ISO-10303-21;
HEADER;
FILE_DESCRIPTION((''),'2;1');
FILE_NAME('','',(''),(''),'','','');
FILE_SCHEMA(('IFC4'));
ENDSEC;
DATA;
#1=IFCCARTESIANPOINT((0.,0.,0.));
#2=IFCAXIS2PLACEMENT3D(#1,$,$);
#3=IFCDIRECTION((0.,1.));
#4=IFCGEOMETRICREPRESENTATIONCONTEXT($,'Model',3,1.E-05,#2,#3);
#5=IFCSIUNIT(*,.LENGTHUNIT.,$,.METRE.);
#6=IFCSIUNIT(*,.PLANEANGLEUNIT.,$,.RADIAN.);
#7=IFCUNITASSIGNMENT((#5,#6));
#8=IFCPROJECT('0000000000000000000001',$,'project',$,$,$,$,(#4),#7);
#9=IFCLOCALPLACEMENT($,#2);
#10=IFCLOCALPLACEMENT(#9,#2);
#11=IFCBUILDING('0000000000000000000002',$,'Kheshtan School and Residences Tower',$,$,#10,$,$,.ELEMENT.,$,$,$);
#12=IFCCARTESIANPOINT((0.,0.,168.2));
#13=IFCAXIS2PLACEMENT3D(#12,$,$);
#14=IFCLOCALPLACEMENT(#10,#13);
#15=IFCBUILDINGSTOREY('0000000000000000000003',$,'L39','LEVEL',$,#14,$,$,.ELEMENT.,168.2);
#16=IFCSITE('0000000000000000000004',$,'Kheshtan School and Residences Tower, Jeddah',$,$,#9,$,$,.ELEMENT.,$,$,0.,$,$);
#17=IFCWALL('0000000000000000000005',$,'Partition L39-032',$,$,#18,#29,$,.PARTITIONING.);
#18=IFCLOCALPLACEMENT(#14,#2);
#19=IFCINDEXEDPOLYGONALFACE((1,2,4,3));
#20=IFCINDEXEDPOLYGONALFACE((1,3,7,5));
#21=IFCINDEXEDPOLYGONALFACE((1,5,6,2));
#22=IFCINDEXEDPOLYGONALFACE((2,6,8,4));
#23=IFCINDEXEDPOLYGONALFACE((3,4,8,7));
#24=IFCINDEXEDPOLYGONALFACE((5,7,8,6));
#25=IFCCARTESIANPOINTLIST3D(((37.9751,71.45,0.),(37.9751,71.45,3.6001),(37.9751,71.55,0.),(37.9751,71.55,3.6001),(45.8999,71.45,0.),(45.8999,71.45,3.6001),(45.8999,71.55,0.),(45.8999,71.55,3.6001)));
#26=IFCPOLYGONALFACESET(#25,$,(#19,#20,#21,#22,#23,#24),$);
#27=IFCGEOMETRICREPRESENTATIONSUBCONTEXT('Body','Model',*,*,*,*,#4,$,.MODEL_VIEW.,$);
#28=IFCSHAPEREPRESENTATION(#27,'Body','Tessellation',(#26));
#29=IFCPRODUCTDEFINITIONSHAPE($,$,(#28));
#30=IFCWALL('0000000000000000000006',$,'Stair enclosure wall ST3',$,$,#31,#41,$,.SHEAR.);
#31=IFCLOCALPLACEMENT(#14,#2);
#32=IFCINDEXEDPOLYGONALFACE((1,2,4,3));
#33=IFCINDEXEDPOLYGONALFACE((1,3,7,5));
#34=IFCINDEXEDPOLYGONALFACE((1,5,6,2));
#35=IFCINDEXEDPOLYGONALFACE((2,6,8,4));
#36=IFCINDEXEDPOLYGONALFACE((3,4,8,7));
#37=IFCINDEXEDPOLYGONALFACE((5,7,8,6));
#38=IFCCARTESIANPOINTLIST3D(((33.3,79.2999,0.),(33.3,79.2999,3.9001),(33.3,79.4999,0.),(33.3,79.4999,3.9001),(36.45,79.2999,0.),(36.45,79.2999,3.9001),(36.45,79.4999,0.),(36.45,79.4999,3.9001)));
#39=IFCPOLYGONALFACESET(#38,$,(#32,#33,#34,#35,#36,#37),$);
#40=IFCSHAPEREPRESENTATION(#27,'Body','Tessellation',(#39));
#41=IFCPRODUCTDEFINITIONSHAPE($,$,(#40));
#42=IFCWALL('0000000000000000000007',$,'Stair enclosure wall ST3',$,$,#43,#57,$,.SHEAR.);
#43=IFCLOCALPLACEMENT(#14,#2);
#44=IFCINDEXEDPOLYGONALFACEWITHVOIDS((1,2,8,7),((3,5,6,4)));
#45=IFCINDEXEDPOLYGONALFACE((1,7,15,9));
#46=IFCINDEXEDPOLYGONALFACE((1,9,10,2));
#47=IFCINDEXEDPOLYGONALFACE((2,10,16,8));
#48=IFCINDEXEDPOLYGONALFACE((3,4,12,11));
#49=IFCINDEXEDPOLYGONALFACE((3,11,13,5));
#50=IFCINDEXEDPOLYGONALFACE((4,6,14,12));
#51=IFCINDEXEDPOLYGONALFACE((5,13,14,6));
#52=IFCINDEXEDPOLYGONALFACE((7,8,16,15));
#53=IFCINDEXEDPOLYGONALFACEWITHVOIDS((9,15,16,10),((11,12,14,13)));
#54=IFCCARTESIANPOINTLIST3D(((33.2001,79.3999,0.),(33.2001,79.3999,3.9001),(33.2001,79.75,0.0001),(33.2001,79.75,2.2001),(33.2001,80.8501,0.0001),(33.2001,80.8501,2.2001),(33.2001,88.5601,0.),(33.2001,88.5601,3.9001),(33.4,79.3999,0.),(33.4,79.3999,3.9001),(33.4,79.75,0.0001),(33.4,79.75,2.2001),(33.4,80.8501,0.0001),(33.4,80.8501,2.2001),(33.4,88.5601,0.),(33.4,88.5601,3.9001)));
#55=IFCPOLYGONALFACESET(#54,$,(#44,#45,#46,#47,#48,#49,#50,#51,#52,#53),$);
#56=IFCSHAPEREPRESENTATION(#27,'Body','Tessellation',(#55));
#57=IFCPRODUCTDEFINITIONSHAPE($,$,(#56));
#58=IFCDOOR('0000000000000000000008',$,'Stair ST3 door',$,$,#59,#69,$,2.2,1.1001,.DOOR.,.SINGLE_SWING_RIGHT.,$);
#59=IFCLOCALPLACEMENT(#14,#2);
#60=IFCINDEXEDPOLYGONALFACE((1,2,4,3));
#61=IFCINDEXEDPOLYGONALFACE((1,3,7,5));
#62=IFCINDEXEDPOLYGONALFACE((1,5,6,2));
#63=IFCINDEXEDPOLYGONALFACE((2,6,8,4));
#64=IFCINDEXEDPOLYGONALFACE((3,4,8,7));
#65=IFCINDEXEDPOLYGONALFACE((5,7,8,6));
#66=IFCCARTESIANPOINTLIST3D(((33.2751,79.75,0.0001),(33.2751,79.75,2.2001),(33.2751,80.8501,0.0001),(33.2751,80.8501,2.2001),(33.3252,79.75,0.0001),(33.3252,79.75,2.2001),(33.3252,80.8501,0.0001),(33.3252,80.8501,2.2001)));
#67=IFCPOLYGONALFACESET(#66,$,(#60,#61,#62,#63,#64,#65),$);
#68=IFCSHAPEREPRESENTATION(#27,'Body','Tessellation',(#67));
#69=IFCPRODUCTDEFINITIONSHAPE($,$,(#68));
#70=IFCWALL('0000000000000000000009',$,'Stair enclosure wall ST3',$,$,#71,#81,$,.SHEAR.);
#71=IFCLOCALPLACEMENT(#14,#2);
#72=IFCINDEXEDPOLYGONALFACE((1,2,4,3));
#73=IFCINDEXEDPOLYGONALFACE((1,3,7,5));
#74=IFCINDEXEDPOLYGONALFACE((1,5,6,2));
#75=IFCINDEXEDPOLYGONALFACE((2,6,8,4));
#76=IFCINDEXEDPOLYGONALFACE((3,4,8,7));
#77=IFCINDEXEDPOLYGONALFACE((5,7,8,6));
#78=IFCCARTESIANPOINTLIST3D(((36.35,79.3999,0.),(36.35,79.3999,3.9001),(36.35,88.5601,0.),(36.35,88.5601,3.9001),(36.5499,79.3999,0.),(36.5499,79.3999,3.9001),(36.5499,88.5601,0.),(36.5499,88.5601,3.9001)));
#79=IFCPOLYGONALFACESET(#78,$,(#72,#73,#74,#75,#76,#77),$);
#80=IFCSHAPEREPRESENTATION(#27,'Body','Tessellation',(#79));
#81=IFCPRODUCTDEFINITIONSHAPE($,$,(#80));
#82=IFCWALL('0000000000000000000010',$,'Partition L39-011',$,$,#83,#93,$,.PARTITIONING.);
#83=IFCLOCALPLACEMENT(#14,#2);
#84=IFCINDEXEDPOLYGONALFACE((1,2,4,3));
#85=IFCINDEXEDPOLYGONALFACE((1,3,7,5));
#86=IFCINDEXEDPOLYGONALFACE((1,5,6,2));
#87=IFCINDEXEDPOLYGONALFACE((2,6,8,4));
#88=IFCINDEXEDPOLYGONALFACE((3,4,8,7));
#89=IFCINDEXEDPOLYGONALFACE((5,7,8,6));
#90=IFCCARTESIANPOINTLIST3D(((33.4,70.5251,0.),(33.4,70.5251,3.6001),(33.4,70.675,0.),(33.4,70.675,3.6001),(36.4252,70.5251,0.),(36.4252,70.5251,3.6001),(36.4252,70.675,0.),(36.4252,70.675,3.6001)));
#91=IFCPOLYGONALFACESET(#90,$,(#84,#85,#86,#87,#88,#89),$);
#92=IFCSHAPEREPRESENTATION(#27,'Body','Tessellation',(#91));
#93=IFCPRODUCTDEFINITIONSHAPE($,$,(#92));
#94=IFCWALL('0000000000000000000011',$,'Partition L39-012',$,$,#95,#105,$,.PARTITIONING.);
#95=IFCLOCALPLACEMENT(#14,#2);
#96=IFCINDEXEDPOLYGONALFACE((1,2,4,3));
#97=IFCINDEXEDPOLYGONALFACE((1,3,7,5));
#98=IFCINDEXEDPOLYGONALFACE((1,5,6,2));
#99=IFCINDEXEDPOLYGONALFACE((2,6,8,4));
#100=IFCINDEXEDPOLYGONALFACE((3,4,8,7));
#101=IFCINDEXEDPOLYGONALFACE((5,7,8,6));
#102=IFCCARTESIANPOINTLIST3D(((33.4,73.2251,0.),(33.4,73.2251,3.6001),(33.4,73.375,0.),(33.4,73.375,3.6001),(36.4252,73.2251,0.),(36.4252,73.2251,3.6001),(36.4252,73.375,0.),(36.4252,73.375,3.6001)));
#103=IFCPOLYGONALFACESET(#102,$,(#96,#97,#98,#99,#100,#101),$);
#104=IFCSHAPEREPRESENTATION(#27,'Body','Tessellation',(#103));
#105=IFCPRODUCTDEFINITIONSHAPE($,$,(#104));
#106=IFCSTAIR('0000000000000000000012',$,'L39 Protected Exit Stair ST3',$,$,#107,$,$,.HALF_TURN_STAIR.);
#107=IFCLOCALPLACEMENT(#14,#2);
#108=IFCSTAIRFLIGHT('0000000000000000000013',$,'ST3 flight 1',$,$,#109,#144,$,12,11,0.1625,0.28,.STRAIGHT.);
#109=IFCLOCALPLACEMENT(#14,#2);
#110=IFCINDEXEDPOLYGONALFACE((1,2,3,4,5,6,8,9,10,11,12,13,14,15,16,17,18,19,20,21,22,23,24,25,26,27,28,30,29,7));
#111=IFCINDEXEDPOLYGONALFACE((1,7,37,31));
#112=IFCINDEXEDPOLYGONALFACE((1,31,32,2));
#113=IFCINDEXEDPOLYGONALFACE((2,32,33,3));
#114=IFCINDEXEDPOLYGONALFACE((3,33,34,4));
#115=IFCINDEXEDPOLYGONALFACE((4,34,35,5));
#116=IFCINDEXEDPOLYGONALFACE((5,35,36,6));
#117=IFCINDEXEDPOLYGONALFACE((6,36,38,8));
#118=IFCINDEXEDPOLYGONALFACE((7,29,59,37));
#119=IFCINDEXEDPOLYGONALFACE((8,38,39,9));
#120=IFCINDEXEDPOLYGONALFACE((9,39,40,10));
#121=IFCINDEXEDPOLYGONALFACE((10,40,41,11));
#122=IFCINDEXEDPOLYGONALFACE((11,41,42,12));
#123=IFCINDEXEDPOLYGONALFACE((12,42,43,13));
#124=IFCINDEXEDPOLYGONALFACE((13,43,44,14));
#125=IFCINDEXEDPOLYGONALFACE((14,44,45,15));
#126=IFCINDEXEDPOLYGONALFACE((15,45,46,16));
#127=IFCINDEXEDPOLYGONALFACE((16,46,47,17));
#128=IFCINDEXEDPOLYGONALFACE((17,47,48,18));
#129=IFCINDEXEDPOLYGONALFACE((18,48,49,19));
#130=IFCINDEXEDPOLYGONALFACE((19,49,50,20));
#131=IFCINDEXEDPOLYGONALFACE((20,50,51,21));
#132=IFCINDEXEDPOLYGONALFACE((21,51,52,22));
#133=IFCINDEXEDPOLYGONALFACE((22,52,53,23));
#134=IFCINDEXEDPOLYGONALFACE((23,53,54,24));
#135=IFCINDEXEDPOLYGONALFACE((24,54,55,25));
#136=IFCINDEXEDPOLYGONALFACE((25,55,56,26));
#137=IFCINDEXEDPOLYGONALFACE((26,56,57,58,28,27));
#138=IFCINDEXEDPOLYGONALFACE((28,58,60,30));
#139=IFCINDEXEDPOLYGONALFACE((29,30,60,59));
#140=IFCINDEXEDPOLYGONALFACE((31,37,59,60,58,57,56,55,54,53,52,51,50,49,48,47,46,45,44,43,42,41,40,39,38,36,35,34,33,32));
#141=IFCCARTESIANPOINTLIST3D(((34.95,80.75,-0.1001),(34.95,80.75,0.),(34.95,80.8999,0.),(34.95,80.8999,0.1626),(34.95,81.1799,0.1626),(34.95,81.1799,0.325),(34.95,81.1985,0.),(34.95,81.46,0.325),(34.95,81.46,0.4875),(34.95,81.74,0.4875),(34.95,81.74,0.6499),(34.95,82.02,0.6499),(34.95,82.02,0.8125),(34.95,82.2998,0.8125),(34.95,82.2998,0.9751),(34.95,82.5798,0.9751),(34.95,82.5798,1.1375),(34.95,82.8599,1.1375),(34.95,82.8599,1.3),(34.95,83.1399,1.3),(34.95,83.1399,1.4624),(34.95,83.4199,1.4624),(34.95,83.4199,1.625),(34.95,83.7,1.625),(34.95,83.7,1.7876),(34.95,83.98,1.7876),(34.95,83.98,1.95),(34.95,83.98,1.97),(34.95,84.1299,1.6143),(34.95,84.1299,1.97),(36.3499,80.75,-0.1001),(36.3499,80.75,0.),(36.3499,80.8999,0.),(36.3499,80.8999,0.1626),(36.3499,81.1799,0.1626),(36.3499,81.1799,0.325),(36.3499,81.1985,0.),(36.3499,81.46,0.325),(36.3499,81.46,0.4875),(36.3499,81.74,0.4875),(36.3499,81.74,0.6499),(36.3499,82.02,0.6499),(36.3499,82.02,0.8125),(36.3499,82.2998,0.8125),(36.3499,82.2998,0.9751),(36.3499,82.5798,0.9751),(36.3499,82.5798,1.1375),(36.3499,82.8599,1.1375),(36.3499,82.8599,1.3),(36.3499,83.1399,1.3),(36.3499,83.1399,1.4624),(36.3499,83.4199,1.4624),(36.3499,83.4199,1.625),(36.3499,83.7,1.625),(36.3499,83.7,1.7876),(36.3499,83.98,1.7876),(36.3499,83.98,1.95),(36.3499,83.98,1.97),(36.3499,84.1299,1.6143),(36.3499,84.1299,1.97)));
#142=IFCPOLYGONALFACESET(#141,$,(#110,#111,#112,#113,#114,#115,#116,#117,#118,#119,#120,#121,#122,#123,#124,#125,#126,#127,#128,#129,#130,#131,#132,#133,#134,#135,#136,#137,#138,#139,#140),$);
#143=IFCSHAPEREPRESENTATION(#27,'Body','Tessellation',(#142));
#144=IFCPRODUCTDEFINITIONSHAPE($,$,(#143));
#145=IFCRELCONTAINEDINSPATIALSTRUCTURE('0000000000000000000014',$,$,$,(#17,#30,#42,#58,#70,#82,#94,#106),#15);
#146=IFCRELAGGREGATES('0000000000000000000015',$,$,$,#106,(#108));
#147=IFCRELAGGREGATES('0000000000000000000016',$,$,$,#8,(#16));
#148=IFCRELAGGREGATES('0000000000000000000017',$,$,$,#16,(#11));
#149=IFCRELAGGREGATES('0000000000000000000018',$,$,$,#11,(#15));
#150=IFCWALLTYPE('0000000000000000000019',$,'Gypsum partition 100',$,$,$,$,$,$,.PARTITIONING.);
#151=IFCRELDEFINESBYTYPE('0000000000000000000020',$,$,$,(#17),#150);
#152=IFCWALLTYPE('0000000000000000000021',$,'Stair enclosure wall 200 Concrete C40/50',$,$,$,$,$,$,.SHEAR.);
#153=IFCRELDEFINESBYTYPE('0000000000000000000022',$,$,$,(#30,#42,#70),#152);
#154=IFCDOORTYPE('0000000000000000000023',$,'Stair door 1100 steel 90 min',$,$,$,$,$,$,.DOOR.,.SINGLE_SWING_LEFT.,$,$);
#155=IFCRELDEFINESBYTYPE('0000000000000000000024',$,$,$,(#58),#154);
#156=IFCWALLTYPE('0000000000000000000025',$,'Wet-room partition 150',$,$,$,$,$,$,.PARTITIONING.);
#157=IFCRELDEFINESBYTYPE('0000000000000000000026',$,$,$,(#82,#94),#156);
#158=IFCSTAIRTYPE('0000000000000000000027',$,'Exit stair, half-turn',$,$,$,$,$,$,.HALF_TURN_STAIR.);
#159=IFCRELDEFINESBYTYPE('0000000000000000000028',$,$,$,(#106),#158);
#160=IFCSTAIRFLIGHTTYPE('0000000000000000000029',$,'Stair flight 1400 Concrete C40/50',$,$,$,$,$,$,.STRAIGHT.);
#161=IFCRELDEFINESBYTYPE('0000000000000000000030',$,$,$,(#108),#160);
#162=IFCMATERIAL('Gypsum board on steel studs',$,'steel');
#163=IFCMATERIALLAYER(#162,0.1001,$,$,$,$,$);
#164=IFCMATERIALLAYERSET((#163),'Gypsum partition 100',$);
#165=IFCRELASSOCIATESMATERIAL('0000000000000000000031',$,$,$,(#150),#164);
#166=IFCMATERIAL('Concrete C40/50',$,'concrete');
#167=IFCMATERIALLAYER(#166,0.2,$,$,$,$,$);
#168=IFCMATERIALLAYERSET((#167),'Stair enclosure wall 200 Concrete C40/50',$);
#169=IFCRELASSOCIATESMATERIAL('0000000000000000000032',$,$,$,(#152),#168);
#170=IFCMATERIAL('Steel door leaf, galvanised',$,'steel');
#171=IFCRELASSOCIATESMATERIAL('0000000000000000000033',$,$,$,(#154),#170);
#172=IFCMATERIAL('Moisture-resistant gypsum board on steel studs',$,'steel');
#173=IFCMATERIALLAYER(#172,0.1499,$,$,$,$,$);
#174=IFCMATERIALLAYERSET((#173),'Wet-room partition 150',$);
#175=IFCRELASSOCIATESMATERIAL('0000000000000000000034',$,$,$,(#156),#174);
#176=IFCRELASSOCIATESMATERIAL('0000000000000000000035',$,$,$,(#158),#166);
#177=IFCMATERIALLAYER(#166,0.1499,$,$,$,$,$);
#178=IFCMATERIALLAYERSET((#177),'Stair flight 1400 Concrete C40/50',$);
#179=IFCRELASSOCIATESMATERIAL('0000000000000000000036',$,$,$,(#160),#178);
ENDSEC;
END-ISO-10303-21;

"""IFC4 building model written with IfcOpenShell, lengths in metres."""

from ifc_helpers import new_model, si_unit, direction, frame, frame_2d, origin, place, context, subcontext, project, spatial, polyline, rectangle, outline, extrude, source, transform, mapped, material, layer, layer_set, type_object, element, fill, aggregate, save


model = new_model("IFC4")

# Units and contexts
model_context = context("Model", 3, precision=1e-05, world=origin(), true_north=direction((0.0, 1.0)))
body_context = subcontext(model_context, "Body", "Model", "MODEL_VIEW")
ifc_project = project(units=[si_unit("LENGTHUNIT", "METRE"), si_unit("PLANEANGLEUNIT", "RADIAN")], contexts=[model_context])

# Site, building, storey
site_placement = place(None, origin())
site = spatial("IfcSite", under=ifc_project, at=site_placement, Name="Kheshtan School and Residences Tower, Jeddah", CompositionType="ELEMENT", RefElevation=0.0)
building_placement = place(site_placement, origin())
building = spatial("IfcBuilding", under=site, at=building_placement, Name="Kheshtan School and Residences Tower", CompositionType="ELEMENT")
storey_placement = place(building_placement, frame((0.0, 0.0, 168.2)))
storey = spatial("IfcBuildingStorey", under=building, at=storey_placement, Name="L39", Description="LEVEL", CompositionType="ELEMENT", Elevation=168.2)

# Walls
ifc_material_1 = material(Name="Gypsum board on steel studs", Category="steel")
ifc_layer_1 = layer(ifc_material_1, 0.1001)
ifc_layer_set_1 = layer_set([ifc_layer_1], Name="Gypsum partition 100")
wall_type_1 = type_object("IfcWallType", Name="Gypsum partition 100", PredefinedType="PARTITIONING", material=ifc_layer_set_1)
wall_1_placement = place(storey_placement, frame((37.9751, 71.5, 0.0), z_axis=(0.0, 0.0, 1.0), x_axis=(1.0, 0.0, 0.0)))
element("IfcWall", 1, at=wall_1_placement, inside=storey, type_object=wall_type_1, Name="Partition L39-032", PredefinedType="PARTITIONING", context=body_context, shape_type="SweptSolid", body=[
    extrude(rectangle(XDim=7.9248, YDim=0.1001, at=frame_2d((3.9624, 0.0))), origin(), (0.0, 0.0, 1.0), 3.6001),
])
ifc_material_2 = material(Name="Concrete C40/50", Category="concrete")
ifc_layer_2 = layer(ifc_material_2, 0.2)
ifc_layer_set_2 = layer_set([ifc_layer_2], Name="Stair enclosure wall 200 Concrete C40/50")
wall_type_2 = type_object("IfcWallType", Name="Stair enclosure wall 200 Concrete C40/50", PredefinedType="SHEAR", material=ifc_layer_set_2)
wall_2_placement = place(storey_placement, frame((33.3, 79.3999, 0.0), z_axis=(0.0, 0.0, 1.0), x_axis=(1.0, 0.0, 0.0)))
element("IfcWall", 2, at=wall_2_placement, inside=storey, type_object=wall_type_2, Name="Stair enclosure wall ST3", PredefinedType="SHEAR", context=body_context, shape_type="SweptSolid", body=[
    extrude(rectangle(XDim=3.1499, YDim=0.2, at=frame_2d((1.575, 0.0))), origin(), (0.0, 0.0, 1.0), 3.9001),
])

# Wall, opening, door
wall_3_placement = place(storey_placement, frame((33.3, 79.3999, 0.0), z_axis=(0.0, 0.0, 1.0), x_axis=(0.0, 1.0, 0.0)))
wall_3 = element("IfcWall", 3, at=wall_3_placement, inside=storey, type_object=wall_type_2, Name="Stair enclosure wall ST3", PredefinedType="SHEAR", context=body_context, shape_type="SweptSolid", body=[
    extrude(rectangle(XDim=9.1602, YDim=0.2, at=frame_2d((4.5801, 0.0))), origin(), (0.0, 0.0, 1.0), 3.9001),
])
opening_1_placement = place(wall_3_placement, frame((0.3501, 0.0, 0.0)))
opening_1 = element("IfcOpeningElement", 4, at=opening_1_placement, cuts=wall_3, PredefinedType="OPENING", context=body_context, shape_type="SweptSolid", body=[
    extrude(rectangle(XDim=1.1001, YDim=2.2, at=frame_2d((0.55, 1.1001))), frame((0.0, 0.1099, 0.0), z_axis=(0.0, -1.0, 0.0), x_axis=(1.0, 0.0, 0.0)), (0.0, 0.0, 1.0), 0.22),
])
ifc_material_3 = material(Name="Steel door leaf, galvanised", Category="steel")
door_type_1 = type_object("IfcDoorType", Name="Stair door 1100 steel 90 min", OperationType="SINGLE_SWING_LEFT", PredefinedType="DOOR", material=ifc_material_3)
shared_shape_1 = source(origin(), body_context, "Body", "SweptSolid", [
    extrude(rectangle(XDim=1.1001, YDim=2.2, at=frame_2d((0.55, 1.1001))), frame((0.0, 0.0249, 0.0), z_axis=(0.0, -1.0, 0.0), x_axis=(1.0, 0.0, 0.0)), (0.0, 0.0, 1.0), 0.05),
])
door_1_placement = place(opening_1_placement, origin())
door_1 = element("IfcDoor", 5, at=door_1_placement, inside=storey, type_object=door_type_1, Name="Stair ST3 door", OperationType="SINGLE_SWING_RIGHT", OverallHeight=2.2, OverallWidth=1.1001, PredefinedType="DOOR", context=body_context, shape_type="MappedRepresentation", body=[
    mapped(shared_shape_1, transform((0.0, 0.0, 0.0), x_axis=(1.0, 0.0, 0.0), y_axis=(0.0, 1.0, 0.0), z_axis=(0.0, 0.0, 1.0), scale=1.0)),
])
fill(opening_1, door_1)

# Walls
wall_4_placement = place(storey_placement, frame((36.45, 79.3999, 0.0), z_axis=(0.0, 0.0, 1.0), x_axis=(0.0, 1.0, 0.0)))
element("IfcWall", 6, at=wall_4_placement, inside=storey, type_object=wall_type_2, Name="Stair enclosure wall ST3", PredefinedType="SHEAR", context=body_context, shape_type="SweptSolid", body=[
    extrude(rectangle(XDim=9.1602, YDim=0.2, at=frame_2d((4.5801, 0.0))), origin(), (0.0, 0.0, 1.0), 3.9001),
])
ifc_material_4 = material(Name="Moisture-resistant gypsum board on steel studs", Category="steel")
ifc_layer_3 = layer(ifc_material_4, 0.1499)
ifc_layer_set_3 = layer_set([ifc_layer_3], Name="Wet-room partition 150")
wall_type_3 = type_object("IfcWallType", Name="Wet-room partition 150", PredefinedType="PARTITIONING", material=ifc_layer_set_3)
for number, where, z_axis, x_axis, name in (
    (7, (33.3999, 70.6001, 0.0), (0.0, 0.0, 1.0), (1.0, 0.0, 0.0), "Partition L39-011"),
    (8, (33.3999, 73.3, 0.0), (0.0, 0.0, 1.0), (1.0, 0.0, 0.0), "Partition L39-012"),
):
    element("IfcWall", number, at=place(storey_placement, frame(where, z_axis=z_axis, x_axis=x_axis)), inside=storey, type_object=wall_type_3, Name=name, PredefinedType="PARTITIONING", context=body_context, shape_type="SweptSolid", body=[
        extrude(rectangle(XDim=3.0251, YDim=0.1499, at=frame_2d((1.5127, 0.0))), origin(), (0.0, 0.0, 1.0), 3.6001),
    ])

# Stair, stair flight
stair_type = type_object("IfcStairType", Name="Exit stair, half-turn", PredefinedType="HALF_TURN_STAIR", material=ifc_material_2)
stair_placement = place(storey_placement, origin())
stair = element("IfcStair", 9, at=stair_placement, inside=storey, type_object=stair_type, Name="L39 Protected Exit Stair ST3", PredefinedType="HALF_TURN_STAIR")
ifc_layer_4 = layer(ifc_material_2, 0.1499)
ifc_layer_set_4 = layer_set([ifc_layer_4], Name="Stair flight 1400 Concrete C40/50")
stair_flight_type = type_object("IfcStairFlightType", Name="Stair flight 1400 Concrete C40/50", PredefinedType="STRAIGHT", material=ifc_layer_set_4)
stair_flight_1_placement = place(storey_placement, frame((35.6499, 80.8999, 0.0), z_axis=(0.0, 0.0, 1.0), x_axis=(0.0, 1.0, 0.0)))
stair_flight_1 = element("IfcStairFlight", 10, at=stair_flight_1_placement, type_object=stair_flight_type, Name="ST3 flight 1", NumberOfRisers=12, NumberOfTreads=11, PredefinedType="STRAIGHT", RiserHeight=0.1625, TreadLength=0.28, context=body_context, shape_type="SweptSolid", body=[
    extrude(outline(polyline([(-0.1499, -0.1001), (-0.1499, 0.0), (0.0, 0.0), (0.0, 0.1626), (0.28, 0.1626), (0.28, 0.325), (0.5601, 0.325), (0.5601, 0.4875), (0.8401, 0.4875), (0.8401, 0.6499), (1.1201, 0.6499), (1.1201, 0.8125), (1.3999, 0.8125), (1.3999, 0.9751), (1.6799, 0.9751), (1.6799, 1.1375), (1.96, 1.1375), (1.96, 1.3), (2.24, 1.3), (2.24, 1.4624), (2.52, 1.4624), (2.52, 1.625), (2.8, 1.625), (2.8, 1.7876), (3.0801, 1.7876), (3.0801, 1.95), (3.0801, 1.97), (3.23, 1.97), (3.23, 1.6143), (0.2986, 0.0), (-0.1499, -0.1001)])), frame((0.0, 0.7, 0.0), z_axis=(0.0, -1.0, 0.0), x_axis=(1.0, 0.0, 0.0)), (0.0, 0.0, 1.0), 1.3999),
])
aggregate(stair, [stair_flight_1])

save(model, "model.ifc")
